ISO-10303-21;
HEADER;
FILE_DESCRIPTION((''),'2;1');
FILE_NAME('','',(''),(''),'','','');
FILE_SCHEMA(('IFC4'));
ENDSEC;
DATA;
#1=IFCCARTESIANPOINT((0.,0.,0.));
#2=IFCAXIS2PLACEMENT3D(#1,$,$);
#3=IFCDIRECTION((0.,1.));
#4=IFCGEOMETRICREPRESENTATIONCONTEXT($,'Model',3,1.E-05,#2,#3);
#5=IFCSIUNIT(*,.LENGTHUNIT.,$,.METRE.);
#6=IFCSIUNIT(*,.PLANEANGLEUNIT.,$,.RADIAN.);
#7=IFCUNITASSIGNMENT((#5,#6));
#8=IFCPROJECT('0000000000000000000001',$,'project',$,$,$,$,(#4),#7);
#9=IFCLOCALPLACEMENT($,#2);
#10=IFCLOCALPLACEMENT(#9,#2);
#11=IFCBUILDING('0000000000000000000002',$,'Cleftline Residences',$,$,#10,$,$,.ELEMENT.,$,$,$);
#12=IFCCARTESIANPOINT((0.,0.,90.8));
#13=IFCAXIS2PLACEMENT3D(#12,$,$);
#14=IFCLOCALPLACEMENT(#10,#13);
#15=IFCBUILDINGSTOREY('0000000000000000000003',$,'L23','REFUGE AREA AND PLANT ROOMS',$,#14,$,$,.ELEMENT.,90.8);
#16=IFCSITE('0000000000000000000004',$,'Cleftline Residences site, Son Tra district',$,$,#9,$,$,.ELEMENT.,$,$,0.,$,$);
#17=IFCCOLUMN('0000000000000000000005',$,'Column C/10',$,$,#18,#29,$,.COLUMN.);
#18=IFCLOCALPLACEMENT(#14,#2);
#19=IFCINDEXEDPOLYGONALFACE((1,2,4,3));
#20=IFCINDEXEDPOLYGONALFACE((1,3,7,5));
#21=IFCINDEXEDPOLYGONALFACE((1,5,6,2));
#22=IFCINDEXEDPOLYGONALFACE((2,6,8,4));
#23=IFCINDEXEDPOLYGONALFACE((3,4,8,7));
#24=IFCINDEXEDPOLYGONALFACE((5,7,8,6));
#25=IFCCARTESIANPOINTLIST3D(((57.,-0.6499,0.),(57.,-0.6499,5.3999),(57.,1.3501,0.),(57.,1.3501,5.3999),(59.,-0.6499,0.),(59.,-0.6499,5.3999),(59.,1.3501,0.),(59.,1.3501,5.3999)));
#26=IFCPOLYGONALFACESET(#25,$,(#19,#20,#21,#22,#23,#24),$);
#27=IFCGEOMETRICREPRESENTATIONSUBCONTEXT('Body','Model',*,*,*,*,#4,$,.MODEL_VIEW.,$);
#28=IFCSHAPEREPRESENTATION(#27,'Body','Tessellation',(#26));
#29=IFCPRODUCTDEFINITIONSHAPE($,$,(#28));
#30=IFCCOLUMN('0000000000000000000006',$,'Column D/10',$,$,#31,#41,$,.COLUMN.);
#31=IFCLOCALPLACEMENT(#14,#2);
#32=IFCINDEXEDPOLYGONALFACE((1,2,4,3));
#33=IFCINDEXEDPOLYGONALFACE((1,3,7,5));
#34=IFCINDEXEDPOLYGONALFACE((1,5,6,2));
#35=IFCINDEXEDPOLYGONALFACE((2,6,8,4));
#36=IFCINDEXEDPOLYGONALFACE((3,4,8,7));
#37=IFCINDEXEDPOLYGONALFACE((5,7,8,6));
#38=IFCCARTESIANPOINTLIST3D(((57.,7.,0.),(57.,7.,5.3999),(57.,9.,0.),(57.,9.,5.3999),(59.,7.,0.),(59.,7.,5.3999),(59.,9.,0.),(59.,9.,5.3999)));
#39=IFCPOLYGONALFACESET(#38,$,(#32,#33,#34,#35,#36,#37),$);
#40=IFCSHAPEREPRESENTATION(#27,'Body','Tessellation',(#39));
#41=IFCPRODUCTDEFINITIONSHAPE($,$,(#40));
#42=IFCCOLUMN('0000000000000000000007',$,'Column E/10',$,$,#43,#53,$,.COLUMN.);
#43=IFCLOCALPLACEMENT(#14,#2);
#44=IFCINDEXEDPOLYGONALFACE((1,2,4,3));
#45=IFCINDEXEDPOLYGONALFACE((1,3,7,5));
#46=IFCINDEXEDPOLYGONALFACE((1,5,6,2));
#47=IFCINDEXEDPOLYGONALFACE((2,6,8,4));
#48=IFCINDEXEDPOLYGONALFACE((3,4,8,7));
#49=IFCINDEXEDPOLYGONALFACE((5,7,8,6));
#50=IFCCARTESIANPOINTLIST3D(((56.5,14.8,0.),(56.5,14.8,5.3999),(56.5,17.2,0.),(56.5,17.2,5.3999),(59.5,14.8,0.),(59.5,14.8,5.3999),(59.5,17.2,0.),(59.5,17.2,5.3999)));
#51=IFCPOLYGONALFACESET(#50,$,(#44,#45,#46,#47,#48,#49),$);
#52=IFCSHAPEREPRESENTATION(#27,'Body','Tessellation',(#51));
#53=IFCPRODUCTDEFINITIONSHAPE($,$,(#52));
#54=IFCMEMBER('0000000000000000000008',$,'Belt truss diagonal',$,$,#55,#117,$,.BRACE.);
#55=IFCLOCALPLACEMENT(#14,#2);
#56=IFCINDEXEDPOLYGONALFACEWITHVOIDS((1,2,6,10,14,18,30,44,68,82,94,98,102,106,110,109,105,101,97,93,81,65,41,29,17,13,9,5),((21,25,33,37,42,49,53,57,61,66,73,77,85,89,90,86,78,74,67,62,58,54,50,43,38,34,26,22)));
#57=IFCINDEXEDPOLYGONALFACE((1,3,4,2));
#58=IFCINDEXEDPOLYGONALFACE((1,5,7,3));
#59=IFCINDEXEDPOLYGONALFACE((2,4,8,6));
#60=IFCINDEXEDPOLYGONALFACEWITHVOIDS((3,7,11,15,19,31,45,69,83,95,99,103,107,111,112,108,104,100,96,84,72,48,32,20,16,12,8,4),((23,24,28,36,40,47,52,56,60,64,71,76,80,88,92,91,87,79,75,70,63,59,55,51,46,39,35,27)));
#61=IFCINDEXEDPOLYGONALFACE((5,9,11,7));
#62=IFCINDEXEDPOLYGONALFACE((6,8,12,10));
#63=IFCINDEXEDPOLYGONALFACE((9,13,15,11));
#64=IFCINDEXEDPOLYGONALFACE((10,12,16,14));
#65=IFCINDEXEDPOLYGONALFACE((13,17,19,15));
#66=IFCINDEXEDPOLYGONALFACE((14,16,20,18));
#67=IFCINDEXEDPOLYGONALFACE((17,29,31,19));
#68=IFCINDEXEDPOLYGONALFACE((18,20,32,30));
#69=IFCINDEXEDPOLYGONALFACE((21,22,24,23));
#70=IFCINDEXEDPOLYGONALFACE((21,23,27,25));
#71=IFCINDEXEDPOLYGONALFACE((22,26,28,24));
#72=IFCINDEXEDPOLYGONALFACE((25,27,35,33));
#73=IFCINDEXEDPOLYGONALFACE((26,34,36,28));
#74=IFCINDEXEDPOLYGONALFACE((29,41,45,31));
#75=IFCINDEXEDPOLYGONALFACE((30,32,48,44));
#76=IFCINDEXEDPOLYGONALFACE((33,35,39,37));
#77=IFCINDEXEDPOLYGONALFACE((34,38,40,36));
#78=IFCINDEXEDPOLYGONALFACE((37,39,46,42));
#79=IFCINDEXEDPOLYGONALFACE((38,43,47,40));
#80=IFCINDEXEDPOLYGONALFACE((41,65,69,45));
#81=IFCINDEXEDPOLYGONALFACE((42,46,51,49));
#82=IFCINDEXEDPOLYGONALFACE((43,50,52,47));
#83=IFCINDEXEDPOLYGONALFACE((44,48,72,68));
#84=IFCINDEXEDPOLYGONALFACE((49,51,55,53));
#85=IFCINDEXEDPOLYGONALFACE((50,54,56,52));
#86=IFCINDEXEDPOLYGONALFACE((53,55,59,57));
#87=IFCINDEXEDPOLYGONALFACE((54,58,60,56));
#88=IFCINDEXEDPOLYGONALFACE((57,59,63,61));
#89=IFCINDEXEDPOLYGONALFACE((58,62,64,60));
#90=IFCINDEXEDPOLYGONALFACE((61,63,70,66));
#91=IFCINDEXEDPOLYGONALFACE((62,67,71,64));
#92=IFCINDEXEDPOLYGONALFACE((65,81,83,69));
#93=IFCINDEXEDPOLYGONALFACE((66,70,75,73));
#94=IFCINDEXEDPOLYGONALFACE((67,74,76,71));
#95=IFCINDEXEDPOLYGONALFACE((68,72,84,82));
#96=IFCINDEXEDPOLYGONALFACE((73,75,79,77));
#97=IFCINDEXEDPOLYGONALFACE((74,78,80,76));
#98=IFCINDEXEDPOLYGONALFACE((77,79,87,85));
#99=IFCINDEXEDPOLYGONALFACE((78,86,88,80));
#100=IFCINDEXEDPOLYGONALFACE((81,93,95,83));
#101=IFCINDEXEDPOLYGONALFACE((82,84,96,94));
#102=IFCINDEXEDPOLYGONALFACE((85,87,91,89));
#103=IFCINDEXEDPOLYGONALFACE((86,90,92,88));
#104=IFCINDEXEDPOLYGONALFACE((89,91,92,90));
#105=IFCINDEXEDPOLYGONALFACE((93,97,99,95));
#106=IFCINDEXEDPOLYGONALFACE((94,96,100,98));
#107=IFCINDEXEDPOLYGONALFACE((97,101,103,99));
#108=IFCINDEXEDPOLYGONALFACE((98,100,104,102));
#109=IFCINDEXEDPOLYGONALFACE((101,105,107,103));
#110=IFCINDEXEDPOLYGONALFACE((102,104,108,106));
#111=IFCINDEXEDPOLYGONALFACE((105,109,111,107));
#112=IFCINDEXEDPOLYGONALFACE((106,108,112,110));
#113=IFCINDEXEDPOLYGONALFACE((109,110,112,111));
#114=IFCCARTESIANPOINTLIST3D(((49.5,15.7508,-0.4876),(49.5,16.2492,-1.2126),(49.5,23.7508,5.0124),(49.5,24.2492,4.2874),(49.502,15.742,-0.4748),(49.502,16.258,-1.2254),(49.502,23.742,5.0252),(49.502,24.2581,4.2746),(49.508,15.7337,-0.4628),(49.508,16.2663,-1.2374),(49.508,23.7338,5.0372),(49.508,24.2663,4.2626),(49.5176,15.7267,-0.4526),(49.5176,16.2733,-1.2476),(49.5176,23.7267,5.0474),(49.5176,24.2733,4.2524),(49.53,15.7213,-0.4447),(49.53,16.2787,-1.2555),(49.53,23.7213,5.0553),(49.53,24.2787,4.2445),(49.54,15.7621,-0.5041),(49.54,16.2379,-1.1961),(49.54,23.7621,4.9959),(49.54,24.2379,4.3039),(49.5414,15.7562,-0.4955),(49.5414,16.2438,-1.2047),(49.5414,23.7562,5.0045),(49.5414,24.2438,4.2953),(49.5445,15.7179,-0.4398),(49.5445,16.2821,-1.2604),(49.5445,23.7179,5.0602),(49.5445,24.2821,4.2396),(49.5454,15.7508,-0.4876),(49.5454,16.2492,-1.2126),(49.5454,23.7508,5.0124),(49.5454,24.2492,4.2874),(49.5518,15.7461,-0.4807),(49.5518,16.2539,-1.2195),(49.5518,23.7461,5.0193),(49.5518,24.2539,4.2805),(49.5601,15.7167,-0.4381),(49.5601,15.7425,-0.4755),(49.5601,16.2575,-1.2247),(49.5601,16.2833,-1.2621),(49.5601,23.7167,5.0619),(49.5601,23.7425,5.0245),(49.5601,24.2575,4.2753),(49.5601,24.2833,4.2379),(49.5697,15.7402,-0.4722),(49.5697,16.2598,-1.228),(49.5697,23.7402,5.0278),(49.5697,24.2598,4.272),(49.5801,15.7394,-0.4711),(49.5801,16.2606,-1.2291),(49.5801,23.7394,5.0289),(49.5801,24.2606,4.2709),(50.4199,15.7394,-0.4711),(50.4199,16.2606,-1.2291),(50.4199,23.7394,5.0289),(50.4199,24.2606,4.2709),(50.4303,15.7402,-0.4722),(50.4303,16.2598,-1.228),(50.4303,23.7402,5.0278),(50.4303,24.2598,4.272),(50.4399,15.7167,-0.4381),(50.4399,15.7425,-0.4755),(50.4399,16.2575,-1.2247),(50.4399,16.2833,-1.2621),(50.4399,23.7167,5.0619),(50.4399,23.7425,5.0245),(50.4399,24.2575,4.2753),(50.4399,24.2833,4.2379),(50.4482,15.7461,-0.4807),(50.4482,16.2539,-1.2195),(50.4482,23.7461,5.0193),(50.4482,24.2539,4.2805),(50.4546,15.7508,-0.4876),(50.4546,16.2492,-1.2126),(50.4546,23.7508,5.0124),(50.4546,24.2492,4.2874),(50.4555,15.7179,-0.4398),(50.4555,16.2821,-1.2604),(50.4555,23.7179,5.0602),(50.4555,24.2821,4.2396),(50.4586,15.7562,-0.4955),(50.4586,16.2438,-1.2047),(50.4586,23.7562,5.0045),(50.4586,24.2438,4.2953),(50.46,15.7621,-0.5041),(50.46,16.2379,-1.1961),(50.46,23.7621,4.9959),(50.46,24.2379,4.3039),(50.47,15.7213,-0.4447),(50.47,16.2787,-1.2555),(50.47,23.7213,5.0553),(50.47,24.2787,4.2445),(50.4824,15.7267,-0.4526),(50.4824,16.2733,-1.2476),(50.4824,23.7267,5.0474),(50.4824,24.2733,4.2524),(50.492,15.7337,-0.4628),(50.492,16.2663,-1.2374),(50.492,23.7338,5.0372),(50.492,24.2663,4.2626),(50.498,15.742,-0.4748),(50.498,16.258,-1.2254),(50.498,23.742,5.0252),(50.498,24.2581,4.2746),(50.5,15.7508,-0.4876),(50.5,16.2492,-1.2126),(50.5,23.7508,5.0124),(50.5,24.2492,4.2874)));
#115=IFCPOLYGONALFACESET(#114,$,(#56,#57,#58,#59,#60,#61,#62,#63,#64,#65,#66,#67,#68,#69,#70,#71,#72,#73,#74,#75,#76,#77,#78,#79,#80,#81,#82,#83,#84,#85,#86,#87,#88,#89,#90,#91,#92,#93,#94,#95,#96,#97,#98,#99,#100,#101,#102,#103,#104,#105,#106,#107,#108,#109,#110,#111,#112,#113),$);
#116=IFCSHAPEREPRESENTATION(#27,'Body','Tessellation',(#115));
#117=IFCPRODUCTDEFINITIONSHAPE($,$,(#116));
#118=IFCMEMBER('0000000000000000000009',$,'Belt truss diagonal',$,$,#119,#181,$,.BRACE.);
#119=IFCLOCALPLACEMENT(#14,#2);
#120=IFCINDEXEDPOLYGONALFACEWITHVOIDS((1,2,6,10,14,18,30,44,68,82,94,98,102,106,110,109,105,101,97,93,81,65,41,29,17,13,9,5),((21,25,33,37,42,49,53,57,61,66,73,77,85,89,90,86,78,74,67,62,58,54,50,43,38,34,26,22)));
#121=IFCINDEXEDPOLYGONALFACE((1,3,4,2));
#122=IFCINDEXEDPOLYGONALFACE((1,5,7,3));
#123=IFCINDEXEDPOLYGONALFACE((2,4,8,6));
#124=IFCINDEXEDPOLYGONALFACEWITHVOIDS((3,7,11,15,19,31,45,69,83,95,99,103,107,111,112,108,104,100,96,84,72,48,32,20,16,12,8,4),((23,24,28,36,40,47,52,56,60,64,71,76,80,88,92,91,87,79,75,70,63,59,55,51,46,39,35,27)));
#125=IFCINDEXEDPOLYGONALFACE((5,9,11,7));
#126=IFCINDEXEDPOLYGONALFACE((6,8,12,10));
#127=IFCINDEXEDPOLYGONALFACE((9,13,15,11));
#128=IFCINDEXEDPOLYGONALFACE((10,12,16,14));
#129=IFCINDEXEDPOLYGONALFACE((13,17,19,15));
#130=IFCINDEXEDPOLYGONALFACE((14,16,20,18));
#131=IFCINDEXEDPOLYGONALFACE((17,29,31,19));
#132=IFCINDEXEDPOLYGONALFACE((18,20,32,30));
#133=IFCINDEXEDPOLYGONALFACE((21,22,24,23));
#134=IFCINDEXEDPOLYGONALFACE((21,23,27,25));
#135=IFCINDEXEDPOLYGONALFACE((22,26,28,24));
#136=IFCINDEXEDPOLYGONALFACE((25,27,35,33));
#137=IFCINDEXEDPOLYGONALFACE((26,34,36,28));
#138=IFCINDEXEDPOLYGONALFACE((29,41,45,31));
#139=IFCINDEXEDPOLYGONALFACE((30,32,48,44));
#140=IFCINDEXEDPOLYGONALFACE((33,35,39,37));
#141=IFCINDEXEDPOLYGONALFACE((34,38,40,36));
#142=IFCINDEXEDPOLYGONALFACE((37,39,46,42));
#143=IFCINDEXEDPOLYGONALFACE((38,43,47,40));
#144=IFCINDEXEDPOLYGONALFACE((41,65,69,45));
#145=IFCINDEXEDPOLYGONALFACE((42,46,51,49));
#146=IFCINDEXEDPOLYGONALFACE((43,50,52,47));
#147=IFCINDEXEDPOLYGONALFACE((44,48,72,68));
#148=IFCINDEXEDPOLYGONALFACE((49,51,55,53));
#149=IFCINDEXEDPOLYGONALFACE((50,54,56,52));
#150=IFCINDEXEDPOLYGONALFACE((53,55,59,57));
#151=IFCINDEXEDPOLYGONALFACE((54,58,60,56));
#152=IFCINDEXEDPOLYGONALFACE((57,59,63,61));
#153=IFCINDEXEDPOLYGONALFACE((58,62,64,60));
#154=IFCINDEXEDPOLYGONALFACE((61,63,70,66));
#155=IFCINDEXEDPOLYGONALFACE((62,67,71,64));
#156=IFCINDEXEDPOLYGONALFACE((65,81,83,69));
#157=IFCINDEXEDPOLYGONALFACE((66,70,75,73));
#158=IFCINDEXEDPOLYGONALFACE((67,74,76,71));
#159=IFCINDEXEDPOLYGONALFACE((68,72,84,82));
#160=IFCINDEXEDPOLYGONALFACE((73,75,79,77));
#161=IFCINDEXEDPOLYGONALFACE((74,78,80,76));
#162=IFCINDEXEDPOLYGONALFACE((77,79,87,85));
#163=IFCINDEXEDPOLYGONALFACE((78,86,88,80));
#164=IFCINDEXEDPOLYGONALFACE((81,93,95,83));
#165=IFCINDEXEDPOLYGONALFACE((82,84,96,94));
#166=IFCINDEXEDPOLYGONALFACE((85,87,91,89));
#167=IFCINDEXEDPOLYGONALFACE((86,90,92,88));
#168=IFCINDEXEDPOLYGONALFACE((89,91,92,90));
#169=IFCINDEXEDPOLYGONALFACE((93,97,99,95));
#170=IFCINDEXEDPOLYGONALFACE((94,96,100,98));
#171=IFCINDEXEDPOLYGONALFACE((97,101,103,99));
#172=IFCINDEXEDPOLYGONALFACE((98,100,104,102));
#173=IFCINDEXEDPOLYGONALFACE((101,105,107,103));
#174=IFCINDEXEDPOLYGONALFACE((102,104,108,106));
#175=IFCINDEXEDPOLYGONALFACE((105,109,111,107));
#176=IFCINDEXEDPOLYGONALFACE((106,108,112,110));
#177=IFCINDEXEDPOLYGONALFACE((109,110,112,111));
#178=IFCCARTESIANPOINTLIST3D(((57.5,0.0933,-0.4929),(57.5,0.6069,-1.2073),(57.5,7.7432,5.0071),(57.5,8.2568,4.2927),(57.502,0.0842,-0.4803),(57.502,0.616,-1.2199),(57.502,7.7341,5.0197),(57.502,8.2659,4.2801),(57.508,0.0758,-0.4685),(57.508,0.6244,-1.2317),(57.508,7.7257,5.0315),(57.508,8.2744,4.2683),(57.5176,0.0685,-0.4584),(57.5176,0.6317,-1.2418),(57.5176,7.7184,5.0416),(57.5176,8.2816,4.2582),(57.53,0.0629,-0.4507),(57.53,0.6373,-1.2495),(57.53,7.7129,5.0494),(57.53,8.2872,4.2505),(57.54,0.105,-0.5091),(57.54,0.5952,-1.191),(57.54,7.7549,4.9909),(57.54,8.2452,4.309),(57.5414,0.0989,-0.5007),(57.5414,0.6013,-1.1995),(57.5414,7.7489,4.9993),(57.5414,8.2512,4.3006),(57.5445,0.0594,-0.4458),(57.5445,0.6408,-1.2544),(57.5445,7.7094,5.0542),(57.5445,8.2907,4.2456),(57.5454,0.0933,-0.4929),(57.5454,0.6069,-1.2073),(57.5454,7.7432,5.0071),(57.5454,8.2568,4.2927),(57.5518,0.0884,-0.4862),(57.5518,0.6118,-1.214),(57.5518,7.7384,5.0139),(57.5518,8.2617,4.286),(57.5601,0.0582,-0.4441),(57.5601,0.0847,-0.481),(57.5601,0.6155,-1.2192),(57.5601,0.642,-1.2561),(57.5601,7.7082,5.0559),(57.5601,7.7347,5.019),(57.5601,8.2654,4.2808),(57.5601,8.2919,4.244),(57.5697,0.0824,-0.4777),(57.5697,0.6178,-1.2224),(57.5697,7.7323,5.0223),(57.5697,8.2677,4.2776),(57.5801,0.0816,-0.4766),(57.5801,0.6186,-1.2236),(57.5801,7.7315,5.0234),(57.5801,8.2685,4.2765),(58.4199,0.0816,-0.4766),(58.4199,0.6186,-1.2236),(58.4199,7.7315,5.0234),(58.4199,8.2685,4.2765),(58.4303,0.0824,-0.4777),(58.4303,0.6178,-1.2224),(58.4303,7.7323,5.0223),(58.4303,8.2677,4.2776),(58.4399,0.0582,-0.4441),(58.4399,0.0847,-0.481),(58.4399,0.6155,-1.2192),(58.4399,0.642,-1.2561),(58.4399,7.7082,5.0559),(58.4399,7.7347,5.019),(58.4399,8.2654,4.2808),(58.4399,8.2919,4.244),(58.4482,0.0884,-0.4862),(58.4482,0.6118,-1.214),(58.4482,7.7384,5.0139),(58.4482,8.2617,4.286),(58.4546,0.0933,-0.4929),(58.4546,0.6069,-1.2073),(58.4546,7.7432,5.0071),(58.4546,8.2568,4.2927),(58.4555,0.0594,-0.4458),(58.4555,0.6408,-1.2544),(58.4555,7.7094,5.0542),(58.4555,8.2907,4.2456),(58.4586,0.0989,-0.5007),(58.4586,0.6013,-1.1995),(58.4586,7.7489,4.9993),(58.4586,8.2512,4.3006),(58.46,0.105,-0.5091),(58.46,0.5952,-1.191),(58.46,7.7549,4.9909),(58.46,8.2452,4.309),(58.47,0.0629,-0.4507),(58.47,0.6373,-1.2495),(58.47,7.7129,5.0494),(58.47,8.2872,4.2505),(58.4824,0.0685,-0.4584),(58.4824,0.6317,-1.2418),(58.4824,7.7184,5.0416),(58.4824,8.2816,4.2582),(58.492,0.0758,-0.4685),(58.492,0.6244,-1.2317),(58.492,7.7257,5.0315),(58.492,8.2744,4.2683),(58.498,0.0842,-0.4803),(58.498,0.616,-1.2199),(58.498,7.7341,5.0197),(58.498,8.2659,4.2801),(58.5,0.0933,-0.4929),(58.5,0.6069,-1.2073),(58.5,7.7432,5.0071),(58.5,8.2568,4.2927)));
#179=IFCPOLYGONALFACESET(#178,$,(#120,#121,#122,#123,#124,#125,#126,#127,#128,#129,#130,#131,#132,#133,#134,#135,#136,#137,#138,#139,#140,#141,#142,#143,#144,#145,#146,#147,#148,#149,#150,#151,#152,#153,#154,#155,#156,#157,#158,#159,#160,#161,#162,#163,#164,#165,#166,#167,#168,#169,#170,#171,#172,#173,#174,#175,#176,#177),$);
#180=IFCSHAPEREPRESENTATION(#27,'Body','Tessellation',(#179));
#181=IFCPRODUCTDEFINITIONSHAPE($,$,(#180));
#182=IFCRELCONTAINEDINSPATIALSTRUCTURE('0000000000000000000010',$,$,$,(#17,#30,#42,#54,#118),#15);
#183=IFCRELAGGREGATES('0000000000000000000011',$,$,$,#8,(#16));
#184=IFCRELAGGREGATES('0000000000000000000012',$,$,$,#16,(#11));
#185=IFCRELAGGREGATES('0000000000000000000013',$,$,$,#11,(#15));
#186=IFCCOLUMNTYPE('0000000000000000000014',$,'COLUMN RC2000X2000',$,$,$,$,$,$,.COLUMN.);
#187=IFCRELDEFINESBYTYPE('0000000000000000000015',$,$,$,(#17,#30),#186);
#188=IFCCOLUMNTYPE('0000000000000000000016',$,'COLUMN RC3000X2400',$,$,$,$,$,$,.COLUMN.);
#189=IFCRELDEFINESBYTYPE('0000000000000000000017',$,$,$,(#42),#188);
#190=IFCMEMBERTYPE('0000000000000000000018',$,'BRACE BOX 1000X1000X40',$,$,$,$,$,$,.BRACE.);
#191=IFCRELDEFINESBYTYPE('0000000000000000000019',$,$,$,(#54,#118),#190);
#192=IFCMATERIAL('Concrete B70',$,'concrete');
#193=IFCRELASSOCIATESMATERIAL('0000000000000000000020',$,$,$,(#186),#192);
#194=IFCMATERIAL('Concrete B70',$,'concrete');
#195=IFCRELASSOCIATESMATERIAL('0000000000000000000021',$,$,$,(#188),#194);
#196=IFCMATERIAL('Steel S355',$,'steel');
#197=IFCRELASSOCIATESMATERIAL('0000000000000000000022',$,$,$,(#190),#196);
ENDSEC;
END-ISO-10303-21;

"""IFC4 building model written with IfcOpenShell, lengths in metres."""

from ifc_helpers import new_model, si_unit, direction, frame, origin, origin_2d, place, context, subcontext, project, spatial, rectangle, hollow_rectangle, extrude, material, material_profile, profile_set, type_object, element, save


model = new_model("IFC4")

# Units and contexts
model_context = context("Model", 3, precision=1e-05, world=origin(), true_north=direction((0.0, 1.0)))
body_context = subcontext(model_context, "Body", "Model", "MODEL_VIEW")
ifc_project = project(units=[si_unit("LENGTHUNIT", "METRE"), si_unit("PLANEANGLEUNIT", "RADIAN")], contexts=[model_context])

# Site, building, storey
site_placement = place(None, origin())
site = spatial("IfcSite", under=ifc_project, at=site_placement, Name="Cleftline Residences site, Son Tra district", CompositionType="ELEMENT", RefElevation=0.0)
building_placement = place(site_placement, origin())
building = spatial("IfcBuilding", under=site, at=building_placement, Name="Cleftline Residences", CompositionType="ELEMENT")
storey_placement = place(building_placement, frame((0.0, 0.0, 90.8)))
storey = spatial("IfcBuildingStorey", under=building, at=storey_placement, Name="L23", Description="REFUGE AREA AND PLANT ROOMS", CompositionType="ELEMENT", Elevation=90.8)

# Columns
ifc_material_1 = material(Name="Concrete B70", Category="concrete")
ifc_material_profile_1 = material_profile(ifc_material_1, rectangle(XDim=2.0, YDim=2.0, at=origin_2d()))
ifc_profile_set_1 = profile_set([ifc_material_profile_1], Name="Concrete B70")
column_type_1 = type_object("IfcColumnType", Name="COLUMN RC2000X2000", PredefinedType="COLUMN", material=ifc_profile_set_1)
for number, where, z_axis, x_axis, name in (
    (1, (58.0, 0.3501, 0.0), (0.0, 0.0, 1.0), (1.0, 0.0, 0.0), "Column C/10"),
    (2, (58.0, 8.0, 0.0), (0.0, 0.0, 1.0), (1.0, 0.0, 0.0), "Column D/10"),
):
    element("IfcColumn", number, at=place(storey_placement, frame(where, z_axis=z_axis, x_axis=x_axis)), inside=storey, type_object=column_type_1, Name=name, PredefinedType="COLUMN", context=body_context, shape_type="SweptSolid", body=[
        extrude(rectangle(XDim=2.0, YDim=2.0, at=origin_2d()), origin(), (0.0, 0.0, 1.0), 5.3999),
    ])
ifc_material_2 = material(Name="Concrete B70", Category="concrete")
ifc_material_profile_2 = material_profile(ifc_material_2, rectangle(XDim=3.0, YDim=2.3999, at=origin_2d()))
ifc_profile_set_2 = profile_set([ifc_material_profile_2], Name="Concrete B70")
column_type_2 = type_object("IfcColumnType", Name="COLUMN RC3000X2400", PredefinedType="COLUMN", material=ifc_profile_set_2)
column_placement = place(storey_placement, frame((58.0, 16.0, 0.0), z_axis=(0.0, 0.0, 1.0), x_axis=(1.0, 0.0, 0.0)))
element("IfcColumn", 3, at=column_placement, inside=storey, type_object=column_type_2, Name="Column E/10", PredefinedType="COLUMN", context=body_context, shape_type="SweptSolid", body=[
    extrude(rectangle(XDim=3.0, YDim=2.3999, at=origin_2d()), origin(), (0.0, 0.0, 1.0), 5.3999),
])

# Members
ifc_material_3 = material(Name="Steel S355", Category="steel")
ifc_material_profile_3 = material_profile(ifc_material_3, hollow_rectangle(XDim=1.0, YDim=1.0, WallThickness=0.04, InnerFilletRadius=0.04, OuterFilletRadius=0.0601, at=origin_2d()))
ifc_profile_set_3 = profile_set([ifc_material_profile_3], Name="Steel S355")
member_type_1 = type_object("IfcMemberType", Name="BRACE BOX 1000X1000X40", PredefinedType="BRACE", material=ifc_profile_set_3)
member_1_placement = place(storey_placement, frame((50.0, 16.0, -0.8501), z_axis=(0.0, 0.824042, 0.566529), x_axis=(0.0, -0.566529, 0.824042)))
element("IfcMember", 4, at=member_1_placement, inside=storey, type_object=member_type_1, Name="Belt truss diagonal", PredefinedType="BRACE", context=body_context, shape_type="SweptSolid", body=[
    extrude(hollow_rectangle(XDim=1.0, YDim=1.0, WallThickness=0.04, InnerFilletRadius=0.04, OuterFilletRadius=0.0601, at=origin_2d()), origin(), (0.0, 0.0, 1.0), 9.7083),
])
member_2_placement = place(storey_placement, frame((58.0, 0.3501, -0.8501), z_axis=(0.0, 0.811933, 0.58375), x_axis=(0.0, -0.58375, 0.811933)))
element("IfcMember", 5, at=member_2_placement, inside=storey, type_object=member_type_1, Name="Belt truss diagonal", PredefinedType="BRACE", context=body_context, shape_type="SweptSolid", body=[
    extrude(hollow_rectangle(XDim=1.0, YDim=1.0, WallThickness=0.04, InnerFilletRadius=0.04, OuterFilletRadius=0.0601, at=origin_2d()), origin(), (0.0, 0.0, 1.0), 9.4219),
])

save(model, "model.ifc")
